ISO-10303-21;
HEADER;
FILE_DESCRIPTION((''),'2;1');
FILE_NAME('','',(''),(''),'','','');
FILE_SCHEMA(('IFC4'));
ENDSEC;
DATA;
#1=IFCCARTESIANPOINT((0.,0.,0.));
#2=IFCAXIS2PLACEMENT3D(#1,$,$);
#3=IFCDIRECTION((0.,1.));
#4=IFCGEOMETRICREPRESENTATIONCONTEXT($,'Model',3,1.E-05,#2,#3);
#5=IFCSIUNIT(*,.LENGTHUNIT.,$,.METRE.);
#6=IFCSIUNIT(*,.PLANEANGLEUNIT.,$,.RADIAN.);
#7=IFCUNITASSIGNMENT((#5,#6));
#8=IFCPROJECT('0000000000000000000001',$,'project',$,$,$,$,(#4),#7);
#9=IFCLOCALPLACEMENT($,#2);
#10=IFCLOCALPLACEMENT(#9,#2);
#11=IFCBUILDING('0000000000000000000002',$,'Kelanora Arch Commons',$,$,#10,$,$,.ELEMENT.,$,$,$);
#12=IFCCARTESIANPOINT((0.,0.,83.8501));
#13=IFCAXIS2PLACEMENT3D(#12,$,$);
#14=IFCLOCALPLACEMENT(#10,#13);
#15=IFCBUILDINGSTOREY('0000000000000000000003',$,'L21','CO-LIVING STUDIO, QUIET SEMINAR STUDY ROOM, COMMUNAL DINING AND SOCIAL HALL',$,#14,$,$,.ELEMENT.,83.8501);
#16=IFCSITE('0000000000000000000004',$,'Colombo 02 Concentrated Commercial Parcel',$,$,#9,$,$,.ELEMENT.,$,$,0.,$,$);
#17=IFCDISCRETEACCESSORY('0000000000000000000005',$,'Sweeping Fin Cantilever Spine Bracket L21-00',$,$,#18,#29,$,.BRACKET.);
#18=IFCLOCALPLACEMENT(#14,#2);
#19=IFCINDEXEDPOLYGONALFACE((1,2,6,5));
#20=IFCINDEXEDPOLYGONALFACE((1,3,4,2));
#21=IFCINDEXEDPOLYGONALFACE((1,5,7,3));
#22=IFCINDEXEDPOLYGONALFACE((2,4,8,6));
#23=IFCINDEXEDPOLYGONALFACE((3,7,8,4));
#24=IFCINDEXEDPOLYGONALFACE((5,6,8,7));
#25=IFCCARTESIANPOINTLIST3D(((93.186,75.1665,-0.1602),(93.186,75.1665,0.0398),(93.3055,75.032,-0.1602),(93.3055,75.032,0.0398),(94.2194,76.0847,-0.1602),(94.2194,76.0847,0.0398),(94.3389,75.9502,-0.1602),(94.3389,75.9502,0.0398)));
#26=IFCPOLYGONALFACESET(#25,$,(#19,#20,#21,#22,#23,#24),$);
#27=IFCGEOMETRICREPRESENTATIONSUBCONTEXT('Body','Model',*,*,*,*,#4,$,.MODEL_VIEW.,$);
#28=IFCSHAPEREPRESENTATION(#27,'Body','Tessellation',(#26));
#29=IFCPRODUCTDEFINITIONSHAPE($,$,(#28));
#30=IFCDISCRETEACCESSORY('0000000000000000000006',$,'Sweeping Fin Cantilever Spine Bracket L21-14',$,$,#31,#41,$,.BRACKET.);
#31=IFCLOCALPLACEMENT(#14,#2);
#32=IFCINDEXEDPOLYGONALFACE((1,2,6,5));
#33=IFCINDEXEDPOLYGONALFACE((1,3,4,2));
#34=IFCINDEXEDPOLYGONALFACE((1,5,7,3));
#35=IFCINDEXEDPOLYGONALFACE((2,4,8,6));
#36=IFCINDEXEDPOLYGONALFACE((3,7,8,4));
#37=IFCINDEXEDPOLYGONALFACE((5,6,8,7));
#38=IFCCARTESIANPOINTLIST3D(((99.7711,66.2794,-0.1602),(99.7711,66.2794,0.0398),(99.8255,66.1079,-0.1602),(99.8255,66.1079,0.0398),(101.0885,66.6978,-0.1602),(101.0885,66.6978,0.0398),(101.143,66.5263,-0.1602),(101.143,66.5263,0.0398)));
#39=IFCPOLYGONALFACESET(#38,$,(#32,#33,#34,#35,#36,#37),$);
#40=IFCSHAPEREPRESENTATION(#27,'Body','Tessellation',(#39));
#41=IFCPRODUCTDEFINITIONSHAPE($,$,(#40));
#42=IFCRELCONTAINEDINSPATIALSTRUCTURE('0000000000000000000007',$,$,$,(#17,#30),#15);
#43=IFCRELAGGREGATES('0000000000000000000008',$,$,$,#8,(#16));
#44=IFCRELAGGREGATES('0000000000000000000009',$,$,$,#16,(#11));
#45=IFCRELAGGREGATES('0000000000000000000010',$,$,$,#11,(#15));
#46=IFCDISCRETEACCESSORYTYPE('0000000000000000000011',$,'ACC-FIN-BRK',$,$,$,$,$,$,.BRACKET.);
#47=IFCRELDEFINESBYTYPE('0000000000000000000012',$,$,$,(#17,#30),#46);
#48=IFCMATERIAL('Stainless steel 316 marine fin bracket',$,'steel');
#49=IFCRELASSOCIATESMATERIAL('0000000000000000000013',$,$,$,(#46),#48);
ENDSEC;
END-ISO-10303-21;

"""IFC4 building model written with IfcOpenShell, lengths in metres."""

from ifc_helpers import new_model, si_unit, direction, frame, origin, origin_2d, place, context, subcontext, project, spatial, rectangle, extrude, source, transform, mapped, material, type_object, element, save


model = new_model("IFC4")

# Units and contexts
model_context = context("Model", 3, precision=1e-05, world=origin(), true_north=direction((0.0, 1.0)))
body_context = subcontext(model_context, "Body", "Model", "MODEL_VIEW")
ifc_project = project(units=[si_unit("LENGTHUNIT", "METRE"), si_unit("PLANEANGLEUNIT", "RADIAN")], contexts=[model_context])

# Site, building, storey
site_placement = place(None, origin())
site = spatial("IfcSite", under=ifc_project, at=site_placement, Name="Colombo 02 Concentrated Commercial Parcel", CompositionType="ELEMENT", RefElevation=0.0)
building_placement = place(site_placement, origin())
building = spatial("IfcBuilding", under=site, at=building_placement, Name="Kelanora Arch Commons", CompositionType="ELEMENT")
storey_placement = place(building_placement, frame((0.0, 0.0, 83.8501)))
storey = spatial("IfcBuildingStorey", under=building, at=storey_placement, Name="L21", Description="CO-LIVING STUDIO, QUIET SEMINAR STUDY ROOM, COMMUNAL DINING AND SOCIAL HALL", CompositionType="ELEMENT", Elevation=83.8501)

# Discrete accessories
ifc_material_1 = material(Name="Stainless steel 316 marine fin bracket", Category="steel")
discrete_accessory_type = type_object("IfcDiscreteAccessoryType", Name="ACC-FIN-BRK", PredefinedType="BRACKET", material=ifc_material_1)
shared_shape_1 = source(origin(), body_context, "Body", "SweptSolid", [
    extrude(rectangle(XDim=1.3823, YDim=0.1799, at=origin_2d()), origin(), (0.0, 0.0, 1.0), 0.2),
])
for number, where, z_axis, x_axis, name in (
    (1, (93.7625, 75.5583, -0.1602), (0.0, 0.0, 1.0), (0.747566, 0.664187, 0.0), "Sweeping Fin Cantilever Spine Bracket L21-00"),
    (2, (100.457, 66.4028, -0.1602), (0.0, 0.0, 1.0), (0.953085, 0.302703, 0.0), "Sweeping Fin Cantilever Spine Bracket L21-14"),
):
    element("IfcDiscreteAccessory", number, at=place(storey_placement, frame(where, z_axis=z_axis, x_axis=x_axis)), inside=storey, type_object=discrete_accessory_type, Name=name, PredefinedType="BRACKET", context=body_context, shape_type="MappedRepresentation", body=[
        mapped(shared_shape_1, transform((0.0, 0.0, 0.0), scale=1.0)),
    ])

save(model, "model.ifc")
